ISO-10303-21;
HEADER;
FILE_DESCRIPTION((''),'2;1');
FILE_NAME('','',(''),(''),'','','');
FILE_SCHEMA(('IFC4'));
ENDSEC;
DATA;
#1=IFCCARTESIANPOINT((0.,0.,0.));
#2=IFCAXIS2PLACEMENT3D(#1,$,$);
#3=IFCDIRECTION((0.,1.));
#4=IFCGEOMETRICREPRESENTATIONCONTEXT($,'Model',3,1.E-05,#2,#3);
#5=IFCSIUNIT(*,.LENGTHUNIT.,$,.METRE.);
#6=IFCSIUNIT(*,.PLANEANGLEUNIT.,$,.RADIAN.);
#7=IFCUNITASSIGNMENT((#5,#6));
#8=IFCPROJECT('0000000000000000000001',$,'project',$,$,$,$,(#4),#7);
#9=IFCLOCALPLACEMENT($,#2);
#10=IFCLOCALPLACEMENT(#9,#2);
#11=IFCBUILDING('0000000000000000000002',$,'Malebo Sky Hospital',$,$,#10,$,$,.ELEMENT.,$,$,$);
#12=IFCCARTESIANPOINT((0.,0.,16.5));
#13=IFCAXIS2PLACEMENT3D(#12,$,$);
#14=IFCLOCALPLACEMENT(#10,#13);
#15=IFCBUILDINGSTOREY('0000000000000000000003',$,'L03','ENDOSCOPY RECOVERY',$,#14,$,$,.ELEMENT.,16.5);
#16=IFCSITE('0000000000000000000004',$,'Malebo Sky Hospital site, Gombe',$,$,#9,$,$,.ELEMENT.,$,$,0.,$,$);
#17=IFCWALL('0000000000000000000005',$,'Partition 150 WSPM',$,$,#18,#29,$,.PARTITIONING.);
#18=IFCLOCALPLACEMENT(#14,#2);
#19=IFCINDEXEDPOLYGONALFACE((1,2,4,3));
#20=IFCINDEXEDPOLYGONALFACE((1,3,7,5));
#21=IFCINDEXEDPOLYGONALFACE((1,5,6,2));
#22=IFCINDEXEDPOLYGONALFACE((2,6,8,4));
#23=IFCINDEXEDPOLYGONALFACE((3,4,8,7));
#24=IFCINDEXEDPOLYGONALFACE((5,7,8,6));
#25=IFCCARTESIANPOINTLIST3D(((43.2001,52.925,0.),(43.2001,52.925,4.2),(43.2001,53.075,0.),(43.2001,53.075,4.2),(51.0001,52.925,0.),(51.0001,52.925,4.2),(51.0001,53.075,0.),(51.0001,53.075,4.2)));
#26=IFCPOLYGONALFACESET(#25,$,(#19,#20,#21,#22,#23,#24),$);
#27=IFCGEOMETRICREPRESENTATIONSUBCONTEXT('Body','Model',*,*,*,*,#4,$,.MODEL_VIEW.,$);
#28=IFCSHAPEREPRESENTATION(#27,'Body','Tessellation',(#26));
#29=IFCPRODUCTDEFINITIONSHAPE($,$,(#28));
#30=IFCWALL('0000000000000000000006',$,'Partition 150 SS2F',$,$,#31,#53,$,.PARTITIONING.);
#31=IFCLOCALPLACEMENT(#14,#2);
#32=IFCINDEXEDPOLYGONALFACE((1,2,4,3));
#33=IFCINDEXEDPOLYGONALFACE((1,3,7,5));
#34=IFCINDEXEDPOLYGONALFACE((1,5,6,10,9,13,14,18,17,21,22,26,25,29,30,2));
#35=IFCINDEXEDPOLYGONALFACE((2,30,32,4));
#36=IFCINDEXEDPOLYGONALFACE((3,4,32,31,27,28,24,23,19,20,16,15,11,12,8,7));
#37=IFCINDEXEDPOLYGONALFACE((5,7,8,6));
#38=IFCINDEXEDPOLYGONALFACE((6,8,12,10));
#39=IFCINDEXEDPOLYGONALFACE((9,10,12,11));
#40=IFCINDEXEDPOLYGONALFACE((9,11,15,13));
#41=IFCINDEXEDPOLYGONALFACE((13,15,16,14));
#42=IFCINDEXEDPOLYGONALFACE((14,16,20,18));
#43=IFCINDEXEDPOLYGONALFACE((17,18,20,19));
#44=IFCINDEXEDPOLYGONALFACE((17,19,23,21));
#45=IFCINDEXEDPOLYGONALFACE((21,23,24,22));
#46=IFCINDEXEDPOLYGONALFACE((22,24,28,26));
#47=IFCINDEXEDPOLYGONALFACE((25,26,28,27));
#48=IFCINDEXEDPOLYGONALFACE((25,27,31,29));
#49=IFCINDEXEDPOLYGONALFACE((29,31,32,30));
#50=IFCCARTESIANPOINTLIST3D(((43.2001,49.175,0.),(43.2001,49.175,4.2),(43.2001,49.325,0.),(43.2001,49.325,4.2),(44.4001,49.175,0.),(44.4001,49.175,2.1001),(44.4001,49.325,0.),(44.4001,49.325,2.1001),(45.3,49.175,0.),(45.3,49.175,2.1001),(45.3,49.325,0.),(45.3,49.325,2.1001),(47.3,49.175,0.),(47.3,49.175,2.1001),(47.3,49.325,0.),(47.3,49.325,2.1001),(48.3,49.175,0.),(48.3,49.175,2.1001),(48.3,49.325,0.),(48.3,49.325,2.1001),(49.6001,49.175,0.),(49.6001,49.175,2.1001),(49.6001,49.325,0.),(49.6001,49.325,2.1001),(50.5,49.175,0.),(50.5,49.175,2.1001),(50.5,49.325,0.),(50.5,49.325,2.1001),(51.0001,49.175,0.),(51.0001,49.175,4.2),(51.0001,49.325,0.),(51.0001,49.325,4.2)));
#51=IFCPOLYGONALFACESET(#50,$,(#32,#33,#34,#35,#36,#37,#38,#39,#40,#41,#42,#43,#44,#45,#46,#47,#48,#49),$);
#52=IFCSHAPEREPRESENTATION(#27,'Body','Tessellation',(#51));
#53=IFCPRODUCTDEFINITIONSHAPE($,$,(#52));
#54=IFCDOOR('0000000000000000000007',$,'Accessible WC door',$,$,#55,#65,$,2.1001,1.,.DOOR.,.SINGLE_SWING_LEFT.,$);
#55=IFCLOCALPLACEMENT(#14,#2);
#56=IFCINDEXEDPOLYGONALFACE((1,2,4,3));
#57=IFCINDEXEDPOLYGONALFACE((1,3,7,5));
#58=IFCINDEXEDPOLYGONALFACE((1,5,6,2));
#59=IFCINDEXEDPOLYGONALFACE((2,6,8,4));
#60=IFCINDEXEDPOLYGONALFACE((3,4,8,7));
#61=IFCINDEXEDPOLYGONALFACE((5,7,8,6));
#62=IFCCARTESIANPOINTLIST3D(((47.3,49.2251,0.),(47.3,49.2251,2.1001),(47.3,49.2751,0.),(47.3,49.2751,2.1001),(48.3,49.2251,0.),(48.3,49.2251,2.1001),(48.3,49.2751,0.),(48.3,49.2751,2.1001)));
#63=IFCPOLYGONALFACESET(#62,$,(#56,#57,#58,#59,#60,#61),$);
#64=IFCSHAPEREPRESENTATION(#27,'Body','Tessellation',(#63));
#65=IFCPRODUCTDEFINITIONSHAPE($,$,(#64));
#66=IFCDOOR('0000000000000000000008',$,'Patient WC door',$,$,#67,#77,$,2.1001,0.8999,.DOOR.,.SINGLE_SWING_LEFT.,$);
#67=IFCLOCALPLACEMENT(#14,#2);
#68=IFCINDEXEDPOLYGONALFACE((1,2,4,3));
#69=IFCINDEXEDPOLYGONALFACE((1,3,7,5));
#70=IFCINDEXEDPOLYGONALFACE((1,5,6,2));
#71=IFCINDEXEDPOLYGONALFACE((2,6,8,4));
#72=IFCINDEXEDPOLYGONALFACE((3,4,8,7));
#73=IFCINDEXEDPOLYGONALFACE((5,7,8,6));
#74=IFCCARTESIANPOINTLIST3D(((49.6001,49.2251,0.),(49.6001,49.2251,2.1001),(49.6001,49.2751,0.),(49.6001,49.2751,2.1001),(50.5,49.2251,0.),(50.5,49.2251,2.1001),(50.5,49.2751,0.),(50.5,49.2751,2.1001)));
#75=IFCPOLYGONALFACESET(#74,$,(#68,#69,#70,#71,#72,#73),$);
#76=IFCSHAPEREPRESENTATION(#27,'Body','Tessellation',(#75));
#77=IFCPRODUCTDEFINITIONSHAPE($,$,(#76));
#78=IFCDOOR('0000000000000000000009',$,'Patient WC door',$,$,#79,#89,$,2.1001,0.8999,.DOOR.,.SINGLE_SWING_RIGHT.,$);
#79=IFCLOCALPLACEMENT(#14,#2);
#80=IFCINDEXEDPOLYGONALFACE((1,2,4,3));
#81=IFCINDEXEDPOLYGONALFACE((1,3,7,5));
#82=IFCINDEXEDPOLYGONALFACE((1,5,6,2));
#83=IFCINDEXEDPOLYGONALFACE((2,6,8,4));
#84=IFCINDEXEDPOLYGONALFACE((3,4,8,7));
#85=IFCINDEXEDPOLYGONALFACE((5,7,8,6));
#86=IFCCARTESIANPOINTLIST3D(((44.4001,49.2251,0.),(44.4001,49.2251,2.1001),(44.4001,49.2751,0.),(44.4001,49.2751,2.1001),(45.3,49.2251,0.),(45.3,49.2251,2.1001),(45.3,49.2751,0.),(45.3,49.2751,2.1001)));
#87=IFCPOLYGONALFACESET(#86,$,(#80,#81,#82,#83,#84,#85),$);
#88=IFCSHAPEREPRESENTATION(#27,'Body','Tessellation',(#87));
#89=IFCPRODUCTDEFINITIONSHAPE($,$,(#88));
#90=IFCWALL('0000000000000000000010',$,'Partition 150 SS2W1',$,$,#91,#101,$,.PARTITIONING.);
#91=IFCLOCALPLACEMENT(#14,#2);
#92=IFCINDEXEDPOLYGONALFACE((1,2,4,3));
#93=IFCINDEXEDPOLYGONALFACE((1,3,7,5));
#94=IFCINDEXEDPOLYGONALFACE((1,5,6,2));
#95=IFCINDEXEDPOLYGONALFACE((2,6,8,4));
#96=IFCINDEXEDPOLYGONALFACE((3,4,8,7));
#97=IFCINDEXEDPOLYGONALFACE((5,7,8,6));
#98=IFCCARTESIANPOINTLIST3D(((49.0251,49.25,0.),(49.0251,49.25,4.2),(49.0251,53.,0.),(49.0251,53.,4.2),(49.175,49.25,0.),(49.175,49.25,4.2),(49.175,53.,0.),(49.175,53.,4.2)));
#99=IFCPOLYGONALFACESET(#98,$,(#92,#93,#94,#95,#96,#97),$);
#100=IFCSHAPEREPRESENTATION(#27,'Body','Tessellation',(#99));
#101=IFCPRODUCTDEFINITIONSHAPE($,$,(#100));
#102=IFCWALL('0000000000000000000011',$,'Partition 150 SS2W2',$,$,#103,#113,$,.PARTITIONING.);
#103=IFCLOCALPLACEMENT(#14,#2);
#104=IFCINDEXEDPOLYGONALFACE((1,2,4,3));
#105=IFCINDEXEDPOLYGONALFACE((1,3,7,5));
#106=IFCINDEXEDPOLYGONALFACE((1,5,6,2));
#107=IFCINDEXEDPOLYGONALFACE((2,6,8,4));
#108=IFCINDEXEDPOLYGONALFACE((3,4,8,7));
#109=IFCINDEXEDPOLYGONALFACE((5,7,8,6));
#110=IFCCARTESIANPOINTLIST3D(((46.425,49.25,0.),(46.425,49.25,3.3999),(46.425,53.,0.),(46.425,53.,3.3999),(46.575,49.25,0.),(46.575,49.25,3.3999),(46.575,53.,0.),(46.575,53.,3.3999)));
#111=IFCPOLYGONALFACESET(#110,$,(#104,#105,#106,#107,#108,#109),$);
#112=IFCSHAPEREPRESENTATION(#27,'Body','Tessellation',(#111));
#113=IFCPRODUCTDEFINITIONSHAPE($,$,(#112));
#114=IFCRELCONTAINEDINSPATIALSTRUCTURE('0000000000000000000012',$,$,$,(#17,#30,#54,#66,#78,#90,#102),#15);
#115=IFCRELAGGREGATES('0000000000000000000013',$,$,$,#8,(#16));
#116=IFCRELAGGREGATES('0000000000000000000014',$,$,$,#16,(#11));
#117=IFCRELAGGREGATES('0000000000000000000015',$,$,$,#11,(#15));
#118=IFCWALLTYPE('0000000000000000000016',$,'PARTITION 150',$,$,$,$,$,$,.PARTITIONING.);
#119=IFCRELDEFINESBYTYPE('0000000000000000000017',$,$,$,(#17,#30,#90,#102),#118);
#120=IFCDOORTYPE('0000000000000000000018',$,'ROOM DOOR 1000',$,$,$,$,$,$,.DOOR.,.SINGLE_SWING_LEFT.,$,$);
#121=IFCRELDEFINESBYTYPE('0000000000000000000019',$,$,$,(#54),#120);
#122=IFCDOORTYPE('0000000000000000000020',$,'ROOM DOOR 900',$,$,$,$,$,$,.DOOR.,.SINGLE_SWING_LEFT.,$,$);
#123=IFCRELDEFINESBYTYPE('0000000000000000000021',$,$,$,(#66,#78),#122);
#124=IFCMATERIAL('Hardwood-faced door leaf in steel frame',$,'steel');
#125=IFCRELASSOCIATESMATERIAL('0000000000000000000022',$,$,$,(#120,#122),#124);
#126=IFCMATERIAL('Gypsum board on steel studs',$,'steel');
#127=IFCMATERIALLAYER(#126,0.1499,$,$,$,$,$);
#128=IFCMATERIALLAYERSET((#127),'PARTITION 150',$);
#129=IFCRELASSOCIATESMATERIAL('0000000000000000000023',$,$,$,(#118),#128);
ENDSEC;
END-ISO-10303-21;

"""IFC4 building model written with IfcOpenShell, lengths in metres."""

from ifc_helpers import new_model, si_unit, direction, frame, frame_2d, origin, place, context, subcontext, project, spatial, rectangle, extrude, material, layer, layer_set, type_object, element, fill, save


model = new_model("IFC4")

# Units and contexts
model_context = context("Model", 3, precision=1e-05, world=origin(), true_north=direction((0.0, 1.0)))
body_context = subcontext(model_context, "Body", "Model", "MODEL_VIEW")
ifc_project = project(units=[si_unit("LENGTHUNIT", "METRE"), si_unit("PLANEANGLEUNIT", "RADIAN")], contexts=[model_context])

# Site, building, storey
site_placement = place(None, origin())
site = spatial("IfcSite", under=ifc_project, at=site_placement, Name="Malebo Sky Hospital site, Gombe", CompositionType="ELEMENT", RefElevation=0.0)
building_placement = place(site_placement, origin())
building = spatial("IfcBuilding", under=site, at=building_placement, Name="Malebo Sky Hospital", CompositionType="ELEMENT")
storey_placement = place(building_placement, frame((0.0, 0.0, 16.5)))
storey = spatial("IfcBuildingStorey", under=building, at=storey_placement, Name="L03", Description="ENDOSCOPY RECOVERY", CompositionType="ELEMENT", Elevation=16.5)

# Shared definitions
ifc_material_1 = material(Name="Gypsum board on steel studs", Category="steel")
ifc_material_2 = material(Name="Hardwood-faced door leaf in steel frame", Category="steel")
door_type_1 = type_object("IfcDoorType", Name="ROOM DOOR 1000", OperationType="SINGLE_SWING_LEFT", PredefinedType="DOOR", material=ifc_material_2)

# Wall
ifc_layer_1 = layer(ifc_material_1, 0.1499)
ifc_layer_set_1 = layer_set([ifc_layer_1], Name="PARTITION 150")
wall_type_1 = type_object("IfcWallType", Name="PARTITION 150", PredefinedType="PARTITIONING", material=ifc_layer_set_1)
wall_1_placement = place(storey_placement, frame((51.0, 53.0, 0.0), z_axis=(0.0, 0.0, 1.0), x_axis=(-1.0, 0.0, 0.0)))
element("IfcWall", 1, at=wall_1_placement, inside=storey, type_object=wall_type_1, Name="Partition 150 WSPM", PredefinedType="PARTITIONING", context=body_context, shape_type="SweptSolid", body=[
    extrude(rectangle(XDim=7.8, YDim=0.1499, at=frame_2d((3.8999, 0.0))), origin(), (0.0, 0.0, 1.0), 4.2),
])

# Wall, openings, doors
wall_2_placement = place(storey_placement, frame((51.0, 49.25, 0.0), z_axis=(0.0, 0.0, 1.0), x_axis=(-1.0, 0.0, 0.0)))
wall_2 = element("IfcWall", 2, at=wall_2_placement, inside=storey, type_object=wall_type_1, Name="Partition 150 SS2F", PredefinedType="PARTITIONING", context=body_context, shape_type="SweptSolid", body=[
    extrude(rectangle(XDim=7.8, YDim=0.1499, at=frame_2d((3.8999, 0.0))), origin(), (0.0, 0.0, 1.0), 4.2),
])
opening_1_placement = place(wall_2_placement, frame((0.5, 0.0, 0.0)))
opening_1 = element("IfcOpeningElement", 3, at=opening_1_placement, cuts=wall_2, PredefinedType="OPENING", context=body_context, shape_type="SweptSolid", body=[
    extrude(rectangle(XDim=0.8999, YDim=2.1001, at=frame_2d((0.45, 1.05))), frame((0.0, 0.085, 0.0), z_axis=(0.0, -1.0, 0.0), x_axis=(1.0, 0.0, 0.0)), (0.0, 0.0, 1.0), 0.1699),
])
opening_2_placement = place(wall_2_placement, frame((2.7, 0.0, 0.0)))
opening_2 = element("IfcOpeningElement", 4, at=opening_2_placement, cuts=wall_2, PredefinedType="OPENING", context=body_context, shape_type="SweptSolid", body=[
    extrude(rectangle(XDim=1.0, YDim=2.1001, at=frame_2d((0.5, 1.05))), frame((0.0, 0.085, 0.0), z_axis=(0.0, -1.0, 0.0), x_axis=(1.0, 0.0, 0.0)), (0.0, 0.0, 1.0), 0.1699),
])
opening_3_placement = place(wall_2_placement, frame((5.7, 0.0, 0.0)))
opening_3 = element("IfcOpeningElement", 5, at=opening_3_placement, cuts=wall_2, PredefinedType="OPENING", context=body_context, shape_type="SweptSolid", body=[
    extrude(rectangle(XDim=0.8999, YDim=2.1001, at=frame_2d((0.45, 1.05))), frame((0.0, 0.085, 0.0), z_axis=(0.0, -1.0, 0.0), x_axis=(1.0, 0.0, 0.0)), (0.0, 0.0, 1.0), 0.1699),
])
door_1_placement = place(opening_2_placement, origin())
door_1 = element("IfcDoor", 6, at=door_1_placement, inside=storey, type_object=door_type_1, Name="Accessible WC door", OperationType="SINGLE_SWING_LEFT", OverallHeight=2.1001, OverallWidth=1.0, PredefinedType="DOOR", context=body_context, shape_type="SweptSolid", body=[
    extrude(rectangle(XDim=1.0, YDim=2.1001, at=frame_2d((0.5, 1.05))), frame((0.0, 0.0249, 0.0), z_axis=(0.0, -1.0, 0.0), x_axis=(1.0, 0.0, 0.0)), (0.0, 0.0, 1.0), 0.05),
])
fill(opening_2, door_1)
door_type_2 = type_object("IfcDoorType", Name="ROOM DOOR 900", OperationType="SINGLE_SWING_LEFT", PredefinedType="DOOR", material=ifc_material_2)
door_2_placement = place(opening_1_placement, origin())
door_2 = element("IfcDoor", 7, at=door_2_placement, inside=storey, type_object=door_type_2, Name="Patient WC door", OperationType="SINGLE_SWING_LEFT", OverallHeight=2.1001, OverallWidth=0.8999, PredefinedType="DOOR", context=body_context, shape_type="SweptSolid", body=[
    extrude(rectangle(XDim=0.8999, YDim=2.1001, at=frame_2d((0.45, 1.05))), frame((0.0, 0.0249, 0.0), z_axis=(0.0, -1.0, 0.0), x_axis=(1.0, 0.0, 0.0)), (0.0, 0.0, 1.0), 0.05),
])
fill(opening_1, door_2)
door_3_placement = place(opening_3_placement, origin())
door_3 = element("IfcDoor", 8, at=door_3_placement, inside=storey, type_object=door_type_2, Name="Patient WC door", OperationType="SINGLE_SWING_RIGHT", OverallHeight=2.1001, OverallWidth=0.8999, PredefinedType="DOOR", context=body_context, shape_type="SweptSolid", body=[
    extrude(rectangle(XDim=0.8999, YDim=2.1001, at=frame_2d((0.45, 1.05))), frame((0.0, 0.0249, 0.0), z_axis=(0.0, -1.0, 0.0), x_axis=(1.0, 0.0, 0.0)), (0.0, 0.0, 1.0), 0.05),
])
fill(opening_3, door_3)

# Walls
wall_3_placement = place(storey_placement, frame((49.1001, 53.0, 0.0), z_axis=(0.0, 0.0, 1.0), x_axis=(0.0, -1.0, 0.0)))
element("IfcWall", 9, at=wall_3_placement, inside=storey, type_object=wall_type_1, Name="Partition 150 SS2W1", PredefinedType="PARTITIONING", context=body_context, shape_type="SweptSolid", body=[
    extrude(rectangle(XDim=3.75, YDim=0.1499, at=frame_2d((1.875, 0.0))), origin(), (0.0, 0.0, 1.0), 4.2),
])
wall_4_placement = place(storey_placement, frame((46.5, 53.0, 0.0), z_axis=(0.0, 0.0, 1.0), x_axis=(0.0, -1.0, 0.0)))
element("IfcWall", 10, at=wall_4_placement, inside=storey, type_object=wall_type_1, Name="Partition 150 SS2W2", PredefinedType="PARTITIONING", context=body_context, shape_type="SweptSolid", body=[
    extrude(rectangle(XDim=3.75, YDim=0.1499, at=frame_2d((1.875, 0.0))), origin(), (0.0, 0.0, 1.0), 3.3999),
])

save(model, "model.ifc")
